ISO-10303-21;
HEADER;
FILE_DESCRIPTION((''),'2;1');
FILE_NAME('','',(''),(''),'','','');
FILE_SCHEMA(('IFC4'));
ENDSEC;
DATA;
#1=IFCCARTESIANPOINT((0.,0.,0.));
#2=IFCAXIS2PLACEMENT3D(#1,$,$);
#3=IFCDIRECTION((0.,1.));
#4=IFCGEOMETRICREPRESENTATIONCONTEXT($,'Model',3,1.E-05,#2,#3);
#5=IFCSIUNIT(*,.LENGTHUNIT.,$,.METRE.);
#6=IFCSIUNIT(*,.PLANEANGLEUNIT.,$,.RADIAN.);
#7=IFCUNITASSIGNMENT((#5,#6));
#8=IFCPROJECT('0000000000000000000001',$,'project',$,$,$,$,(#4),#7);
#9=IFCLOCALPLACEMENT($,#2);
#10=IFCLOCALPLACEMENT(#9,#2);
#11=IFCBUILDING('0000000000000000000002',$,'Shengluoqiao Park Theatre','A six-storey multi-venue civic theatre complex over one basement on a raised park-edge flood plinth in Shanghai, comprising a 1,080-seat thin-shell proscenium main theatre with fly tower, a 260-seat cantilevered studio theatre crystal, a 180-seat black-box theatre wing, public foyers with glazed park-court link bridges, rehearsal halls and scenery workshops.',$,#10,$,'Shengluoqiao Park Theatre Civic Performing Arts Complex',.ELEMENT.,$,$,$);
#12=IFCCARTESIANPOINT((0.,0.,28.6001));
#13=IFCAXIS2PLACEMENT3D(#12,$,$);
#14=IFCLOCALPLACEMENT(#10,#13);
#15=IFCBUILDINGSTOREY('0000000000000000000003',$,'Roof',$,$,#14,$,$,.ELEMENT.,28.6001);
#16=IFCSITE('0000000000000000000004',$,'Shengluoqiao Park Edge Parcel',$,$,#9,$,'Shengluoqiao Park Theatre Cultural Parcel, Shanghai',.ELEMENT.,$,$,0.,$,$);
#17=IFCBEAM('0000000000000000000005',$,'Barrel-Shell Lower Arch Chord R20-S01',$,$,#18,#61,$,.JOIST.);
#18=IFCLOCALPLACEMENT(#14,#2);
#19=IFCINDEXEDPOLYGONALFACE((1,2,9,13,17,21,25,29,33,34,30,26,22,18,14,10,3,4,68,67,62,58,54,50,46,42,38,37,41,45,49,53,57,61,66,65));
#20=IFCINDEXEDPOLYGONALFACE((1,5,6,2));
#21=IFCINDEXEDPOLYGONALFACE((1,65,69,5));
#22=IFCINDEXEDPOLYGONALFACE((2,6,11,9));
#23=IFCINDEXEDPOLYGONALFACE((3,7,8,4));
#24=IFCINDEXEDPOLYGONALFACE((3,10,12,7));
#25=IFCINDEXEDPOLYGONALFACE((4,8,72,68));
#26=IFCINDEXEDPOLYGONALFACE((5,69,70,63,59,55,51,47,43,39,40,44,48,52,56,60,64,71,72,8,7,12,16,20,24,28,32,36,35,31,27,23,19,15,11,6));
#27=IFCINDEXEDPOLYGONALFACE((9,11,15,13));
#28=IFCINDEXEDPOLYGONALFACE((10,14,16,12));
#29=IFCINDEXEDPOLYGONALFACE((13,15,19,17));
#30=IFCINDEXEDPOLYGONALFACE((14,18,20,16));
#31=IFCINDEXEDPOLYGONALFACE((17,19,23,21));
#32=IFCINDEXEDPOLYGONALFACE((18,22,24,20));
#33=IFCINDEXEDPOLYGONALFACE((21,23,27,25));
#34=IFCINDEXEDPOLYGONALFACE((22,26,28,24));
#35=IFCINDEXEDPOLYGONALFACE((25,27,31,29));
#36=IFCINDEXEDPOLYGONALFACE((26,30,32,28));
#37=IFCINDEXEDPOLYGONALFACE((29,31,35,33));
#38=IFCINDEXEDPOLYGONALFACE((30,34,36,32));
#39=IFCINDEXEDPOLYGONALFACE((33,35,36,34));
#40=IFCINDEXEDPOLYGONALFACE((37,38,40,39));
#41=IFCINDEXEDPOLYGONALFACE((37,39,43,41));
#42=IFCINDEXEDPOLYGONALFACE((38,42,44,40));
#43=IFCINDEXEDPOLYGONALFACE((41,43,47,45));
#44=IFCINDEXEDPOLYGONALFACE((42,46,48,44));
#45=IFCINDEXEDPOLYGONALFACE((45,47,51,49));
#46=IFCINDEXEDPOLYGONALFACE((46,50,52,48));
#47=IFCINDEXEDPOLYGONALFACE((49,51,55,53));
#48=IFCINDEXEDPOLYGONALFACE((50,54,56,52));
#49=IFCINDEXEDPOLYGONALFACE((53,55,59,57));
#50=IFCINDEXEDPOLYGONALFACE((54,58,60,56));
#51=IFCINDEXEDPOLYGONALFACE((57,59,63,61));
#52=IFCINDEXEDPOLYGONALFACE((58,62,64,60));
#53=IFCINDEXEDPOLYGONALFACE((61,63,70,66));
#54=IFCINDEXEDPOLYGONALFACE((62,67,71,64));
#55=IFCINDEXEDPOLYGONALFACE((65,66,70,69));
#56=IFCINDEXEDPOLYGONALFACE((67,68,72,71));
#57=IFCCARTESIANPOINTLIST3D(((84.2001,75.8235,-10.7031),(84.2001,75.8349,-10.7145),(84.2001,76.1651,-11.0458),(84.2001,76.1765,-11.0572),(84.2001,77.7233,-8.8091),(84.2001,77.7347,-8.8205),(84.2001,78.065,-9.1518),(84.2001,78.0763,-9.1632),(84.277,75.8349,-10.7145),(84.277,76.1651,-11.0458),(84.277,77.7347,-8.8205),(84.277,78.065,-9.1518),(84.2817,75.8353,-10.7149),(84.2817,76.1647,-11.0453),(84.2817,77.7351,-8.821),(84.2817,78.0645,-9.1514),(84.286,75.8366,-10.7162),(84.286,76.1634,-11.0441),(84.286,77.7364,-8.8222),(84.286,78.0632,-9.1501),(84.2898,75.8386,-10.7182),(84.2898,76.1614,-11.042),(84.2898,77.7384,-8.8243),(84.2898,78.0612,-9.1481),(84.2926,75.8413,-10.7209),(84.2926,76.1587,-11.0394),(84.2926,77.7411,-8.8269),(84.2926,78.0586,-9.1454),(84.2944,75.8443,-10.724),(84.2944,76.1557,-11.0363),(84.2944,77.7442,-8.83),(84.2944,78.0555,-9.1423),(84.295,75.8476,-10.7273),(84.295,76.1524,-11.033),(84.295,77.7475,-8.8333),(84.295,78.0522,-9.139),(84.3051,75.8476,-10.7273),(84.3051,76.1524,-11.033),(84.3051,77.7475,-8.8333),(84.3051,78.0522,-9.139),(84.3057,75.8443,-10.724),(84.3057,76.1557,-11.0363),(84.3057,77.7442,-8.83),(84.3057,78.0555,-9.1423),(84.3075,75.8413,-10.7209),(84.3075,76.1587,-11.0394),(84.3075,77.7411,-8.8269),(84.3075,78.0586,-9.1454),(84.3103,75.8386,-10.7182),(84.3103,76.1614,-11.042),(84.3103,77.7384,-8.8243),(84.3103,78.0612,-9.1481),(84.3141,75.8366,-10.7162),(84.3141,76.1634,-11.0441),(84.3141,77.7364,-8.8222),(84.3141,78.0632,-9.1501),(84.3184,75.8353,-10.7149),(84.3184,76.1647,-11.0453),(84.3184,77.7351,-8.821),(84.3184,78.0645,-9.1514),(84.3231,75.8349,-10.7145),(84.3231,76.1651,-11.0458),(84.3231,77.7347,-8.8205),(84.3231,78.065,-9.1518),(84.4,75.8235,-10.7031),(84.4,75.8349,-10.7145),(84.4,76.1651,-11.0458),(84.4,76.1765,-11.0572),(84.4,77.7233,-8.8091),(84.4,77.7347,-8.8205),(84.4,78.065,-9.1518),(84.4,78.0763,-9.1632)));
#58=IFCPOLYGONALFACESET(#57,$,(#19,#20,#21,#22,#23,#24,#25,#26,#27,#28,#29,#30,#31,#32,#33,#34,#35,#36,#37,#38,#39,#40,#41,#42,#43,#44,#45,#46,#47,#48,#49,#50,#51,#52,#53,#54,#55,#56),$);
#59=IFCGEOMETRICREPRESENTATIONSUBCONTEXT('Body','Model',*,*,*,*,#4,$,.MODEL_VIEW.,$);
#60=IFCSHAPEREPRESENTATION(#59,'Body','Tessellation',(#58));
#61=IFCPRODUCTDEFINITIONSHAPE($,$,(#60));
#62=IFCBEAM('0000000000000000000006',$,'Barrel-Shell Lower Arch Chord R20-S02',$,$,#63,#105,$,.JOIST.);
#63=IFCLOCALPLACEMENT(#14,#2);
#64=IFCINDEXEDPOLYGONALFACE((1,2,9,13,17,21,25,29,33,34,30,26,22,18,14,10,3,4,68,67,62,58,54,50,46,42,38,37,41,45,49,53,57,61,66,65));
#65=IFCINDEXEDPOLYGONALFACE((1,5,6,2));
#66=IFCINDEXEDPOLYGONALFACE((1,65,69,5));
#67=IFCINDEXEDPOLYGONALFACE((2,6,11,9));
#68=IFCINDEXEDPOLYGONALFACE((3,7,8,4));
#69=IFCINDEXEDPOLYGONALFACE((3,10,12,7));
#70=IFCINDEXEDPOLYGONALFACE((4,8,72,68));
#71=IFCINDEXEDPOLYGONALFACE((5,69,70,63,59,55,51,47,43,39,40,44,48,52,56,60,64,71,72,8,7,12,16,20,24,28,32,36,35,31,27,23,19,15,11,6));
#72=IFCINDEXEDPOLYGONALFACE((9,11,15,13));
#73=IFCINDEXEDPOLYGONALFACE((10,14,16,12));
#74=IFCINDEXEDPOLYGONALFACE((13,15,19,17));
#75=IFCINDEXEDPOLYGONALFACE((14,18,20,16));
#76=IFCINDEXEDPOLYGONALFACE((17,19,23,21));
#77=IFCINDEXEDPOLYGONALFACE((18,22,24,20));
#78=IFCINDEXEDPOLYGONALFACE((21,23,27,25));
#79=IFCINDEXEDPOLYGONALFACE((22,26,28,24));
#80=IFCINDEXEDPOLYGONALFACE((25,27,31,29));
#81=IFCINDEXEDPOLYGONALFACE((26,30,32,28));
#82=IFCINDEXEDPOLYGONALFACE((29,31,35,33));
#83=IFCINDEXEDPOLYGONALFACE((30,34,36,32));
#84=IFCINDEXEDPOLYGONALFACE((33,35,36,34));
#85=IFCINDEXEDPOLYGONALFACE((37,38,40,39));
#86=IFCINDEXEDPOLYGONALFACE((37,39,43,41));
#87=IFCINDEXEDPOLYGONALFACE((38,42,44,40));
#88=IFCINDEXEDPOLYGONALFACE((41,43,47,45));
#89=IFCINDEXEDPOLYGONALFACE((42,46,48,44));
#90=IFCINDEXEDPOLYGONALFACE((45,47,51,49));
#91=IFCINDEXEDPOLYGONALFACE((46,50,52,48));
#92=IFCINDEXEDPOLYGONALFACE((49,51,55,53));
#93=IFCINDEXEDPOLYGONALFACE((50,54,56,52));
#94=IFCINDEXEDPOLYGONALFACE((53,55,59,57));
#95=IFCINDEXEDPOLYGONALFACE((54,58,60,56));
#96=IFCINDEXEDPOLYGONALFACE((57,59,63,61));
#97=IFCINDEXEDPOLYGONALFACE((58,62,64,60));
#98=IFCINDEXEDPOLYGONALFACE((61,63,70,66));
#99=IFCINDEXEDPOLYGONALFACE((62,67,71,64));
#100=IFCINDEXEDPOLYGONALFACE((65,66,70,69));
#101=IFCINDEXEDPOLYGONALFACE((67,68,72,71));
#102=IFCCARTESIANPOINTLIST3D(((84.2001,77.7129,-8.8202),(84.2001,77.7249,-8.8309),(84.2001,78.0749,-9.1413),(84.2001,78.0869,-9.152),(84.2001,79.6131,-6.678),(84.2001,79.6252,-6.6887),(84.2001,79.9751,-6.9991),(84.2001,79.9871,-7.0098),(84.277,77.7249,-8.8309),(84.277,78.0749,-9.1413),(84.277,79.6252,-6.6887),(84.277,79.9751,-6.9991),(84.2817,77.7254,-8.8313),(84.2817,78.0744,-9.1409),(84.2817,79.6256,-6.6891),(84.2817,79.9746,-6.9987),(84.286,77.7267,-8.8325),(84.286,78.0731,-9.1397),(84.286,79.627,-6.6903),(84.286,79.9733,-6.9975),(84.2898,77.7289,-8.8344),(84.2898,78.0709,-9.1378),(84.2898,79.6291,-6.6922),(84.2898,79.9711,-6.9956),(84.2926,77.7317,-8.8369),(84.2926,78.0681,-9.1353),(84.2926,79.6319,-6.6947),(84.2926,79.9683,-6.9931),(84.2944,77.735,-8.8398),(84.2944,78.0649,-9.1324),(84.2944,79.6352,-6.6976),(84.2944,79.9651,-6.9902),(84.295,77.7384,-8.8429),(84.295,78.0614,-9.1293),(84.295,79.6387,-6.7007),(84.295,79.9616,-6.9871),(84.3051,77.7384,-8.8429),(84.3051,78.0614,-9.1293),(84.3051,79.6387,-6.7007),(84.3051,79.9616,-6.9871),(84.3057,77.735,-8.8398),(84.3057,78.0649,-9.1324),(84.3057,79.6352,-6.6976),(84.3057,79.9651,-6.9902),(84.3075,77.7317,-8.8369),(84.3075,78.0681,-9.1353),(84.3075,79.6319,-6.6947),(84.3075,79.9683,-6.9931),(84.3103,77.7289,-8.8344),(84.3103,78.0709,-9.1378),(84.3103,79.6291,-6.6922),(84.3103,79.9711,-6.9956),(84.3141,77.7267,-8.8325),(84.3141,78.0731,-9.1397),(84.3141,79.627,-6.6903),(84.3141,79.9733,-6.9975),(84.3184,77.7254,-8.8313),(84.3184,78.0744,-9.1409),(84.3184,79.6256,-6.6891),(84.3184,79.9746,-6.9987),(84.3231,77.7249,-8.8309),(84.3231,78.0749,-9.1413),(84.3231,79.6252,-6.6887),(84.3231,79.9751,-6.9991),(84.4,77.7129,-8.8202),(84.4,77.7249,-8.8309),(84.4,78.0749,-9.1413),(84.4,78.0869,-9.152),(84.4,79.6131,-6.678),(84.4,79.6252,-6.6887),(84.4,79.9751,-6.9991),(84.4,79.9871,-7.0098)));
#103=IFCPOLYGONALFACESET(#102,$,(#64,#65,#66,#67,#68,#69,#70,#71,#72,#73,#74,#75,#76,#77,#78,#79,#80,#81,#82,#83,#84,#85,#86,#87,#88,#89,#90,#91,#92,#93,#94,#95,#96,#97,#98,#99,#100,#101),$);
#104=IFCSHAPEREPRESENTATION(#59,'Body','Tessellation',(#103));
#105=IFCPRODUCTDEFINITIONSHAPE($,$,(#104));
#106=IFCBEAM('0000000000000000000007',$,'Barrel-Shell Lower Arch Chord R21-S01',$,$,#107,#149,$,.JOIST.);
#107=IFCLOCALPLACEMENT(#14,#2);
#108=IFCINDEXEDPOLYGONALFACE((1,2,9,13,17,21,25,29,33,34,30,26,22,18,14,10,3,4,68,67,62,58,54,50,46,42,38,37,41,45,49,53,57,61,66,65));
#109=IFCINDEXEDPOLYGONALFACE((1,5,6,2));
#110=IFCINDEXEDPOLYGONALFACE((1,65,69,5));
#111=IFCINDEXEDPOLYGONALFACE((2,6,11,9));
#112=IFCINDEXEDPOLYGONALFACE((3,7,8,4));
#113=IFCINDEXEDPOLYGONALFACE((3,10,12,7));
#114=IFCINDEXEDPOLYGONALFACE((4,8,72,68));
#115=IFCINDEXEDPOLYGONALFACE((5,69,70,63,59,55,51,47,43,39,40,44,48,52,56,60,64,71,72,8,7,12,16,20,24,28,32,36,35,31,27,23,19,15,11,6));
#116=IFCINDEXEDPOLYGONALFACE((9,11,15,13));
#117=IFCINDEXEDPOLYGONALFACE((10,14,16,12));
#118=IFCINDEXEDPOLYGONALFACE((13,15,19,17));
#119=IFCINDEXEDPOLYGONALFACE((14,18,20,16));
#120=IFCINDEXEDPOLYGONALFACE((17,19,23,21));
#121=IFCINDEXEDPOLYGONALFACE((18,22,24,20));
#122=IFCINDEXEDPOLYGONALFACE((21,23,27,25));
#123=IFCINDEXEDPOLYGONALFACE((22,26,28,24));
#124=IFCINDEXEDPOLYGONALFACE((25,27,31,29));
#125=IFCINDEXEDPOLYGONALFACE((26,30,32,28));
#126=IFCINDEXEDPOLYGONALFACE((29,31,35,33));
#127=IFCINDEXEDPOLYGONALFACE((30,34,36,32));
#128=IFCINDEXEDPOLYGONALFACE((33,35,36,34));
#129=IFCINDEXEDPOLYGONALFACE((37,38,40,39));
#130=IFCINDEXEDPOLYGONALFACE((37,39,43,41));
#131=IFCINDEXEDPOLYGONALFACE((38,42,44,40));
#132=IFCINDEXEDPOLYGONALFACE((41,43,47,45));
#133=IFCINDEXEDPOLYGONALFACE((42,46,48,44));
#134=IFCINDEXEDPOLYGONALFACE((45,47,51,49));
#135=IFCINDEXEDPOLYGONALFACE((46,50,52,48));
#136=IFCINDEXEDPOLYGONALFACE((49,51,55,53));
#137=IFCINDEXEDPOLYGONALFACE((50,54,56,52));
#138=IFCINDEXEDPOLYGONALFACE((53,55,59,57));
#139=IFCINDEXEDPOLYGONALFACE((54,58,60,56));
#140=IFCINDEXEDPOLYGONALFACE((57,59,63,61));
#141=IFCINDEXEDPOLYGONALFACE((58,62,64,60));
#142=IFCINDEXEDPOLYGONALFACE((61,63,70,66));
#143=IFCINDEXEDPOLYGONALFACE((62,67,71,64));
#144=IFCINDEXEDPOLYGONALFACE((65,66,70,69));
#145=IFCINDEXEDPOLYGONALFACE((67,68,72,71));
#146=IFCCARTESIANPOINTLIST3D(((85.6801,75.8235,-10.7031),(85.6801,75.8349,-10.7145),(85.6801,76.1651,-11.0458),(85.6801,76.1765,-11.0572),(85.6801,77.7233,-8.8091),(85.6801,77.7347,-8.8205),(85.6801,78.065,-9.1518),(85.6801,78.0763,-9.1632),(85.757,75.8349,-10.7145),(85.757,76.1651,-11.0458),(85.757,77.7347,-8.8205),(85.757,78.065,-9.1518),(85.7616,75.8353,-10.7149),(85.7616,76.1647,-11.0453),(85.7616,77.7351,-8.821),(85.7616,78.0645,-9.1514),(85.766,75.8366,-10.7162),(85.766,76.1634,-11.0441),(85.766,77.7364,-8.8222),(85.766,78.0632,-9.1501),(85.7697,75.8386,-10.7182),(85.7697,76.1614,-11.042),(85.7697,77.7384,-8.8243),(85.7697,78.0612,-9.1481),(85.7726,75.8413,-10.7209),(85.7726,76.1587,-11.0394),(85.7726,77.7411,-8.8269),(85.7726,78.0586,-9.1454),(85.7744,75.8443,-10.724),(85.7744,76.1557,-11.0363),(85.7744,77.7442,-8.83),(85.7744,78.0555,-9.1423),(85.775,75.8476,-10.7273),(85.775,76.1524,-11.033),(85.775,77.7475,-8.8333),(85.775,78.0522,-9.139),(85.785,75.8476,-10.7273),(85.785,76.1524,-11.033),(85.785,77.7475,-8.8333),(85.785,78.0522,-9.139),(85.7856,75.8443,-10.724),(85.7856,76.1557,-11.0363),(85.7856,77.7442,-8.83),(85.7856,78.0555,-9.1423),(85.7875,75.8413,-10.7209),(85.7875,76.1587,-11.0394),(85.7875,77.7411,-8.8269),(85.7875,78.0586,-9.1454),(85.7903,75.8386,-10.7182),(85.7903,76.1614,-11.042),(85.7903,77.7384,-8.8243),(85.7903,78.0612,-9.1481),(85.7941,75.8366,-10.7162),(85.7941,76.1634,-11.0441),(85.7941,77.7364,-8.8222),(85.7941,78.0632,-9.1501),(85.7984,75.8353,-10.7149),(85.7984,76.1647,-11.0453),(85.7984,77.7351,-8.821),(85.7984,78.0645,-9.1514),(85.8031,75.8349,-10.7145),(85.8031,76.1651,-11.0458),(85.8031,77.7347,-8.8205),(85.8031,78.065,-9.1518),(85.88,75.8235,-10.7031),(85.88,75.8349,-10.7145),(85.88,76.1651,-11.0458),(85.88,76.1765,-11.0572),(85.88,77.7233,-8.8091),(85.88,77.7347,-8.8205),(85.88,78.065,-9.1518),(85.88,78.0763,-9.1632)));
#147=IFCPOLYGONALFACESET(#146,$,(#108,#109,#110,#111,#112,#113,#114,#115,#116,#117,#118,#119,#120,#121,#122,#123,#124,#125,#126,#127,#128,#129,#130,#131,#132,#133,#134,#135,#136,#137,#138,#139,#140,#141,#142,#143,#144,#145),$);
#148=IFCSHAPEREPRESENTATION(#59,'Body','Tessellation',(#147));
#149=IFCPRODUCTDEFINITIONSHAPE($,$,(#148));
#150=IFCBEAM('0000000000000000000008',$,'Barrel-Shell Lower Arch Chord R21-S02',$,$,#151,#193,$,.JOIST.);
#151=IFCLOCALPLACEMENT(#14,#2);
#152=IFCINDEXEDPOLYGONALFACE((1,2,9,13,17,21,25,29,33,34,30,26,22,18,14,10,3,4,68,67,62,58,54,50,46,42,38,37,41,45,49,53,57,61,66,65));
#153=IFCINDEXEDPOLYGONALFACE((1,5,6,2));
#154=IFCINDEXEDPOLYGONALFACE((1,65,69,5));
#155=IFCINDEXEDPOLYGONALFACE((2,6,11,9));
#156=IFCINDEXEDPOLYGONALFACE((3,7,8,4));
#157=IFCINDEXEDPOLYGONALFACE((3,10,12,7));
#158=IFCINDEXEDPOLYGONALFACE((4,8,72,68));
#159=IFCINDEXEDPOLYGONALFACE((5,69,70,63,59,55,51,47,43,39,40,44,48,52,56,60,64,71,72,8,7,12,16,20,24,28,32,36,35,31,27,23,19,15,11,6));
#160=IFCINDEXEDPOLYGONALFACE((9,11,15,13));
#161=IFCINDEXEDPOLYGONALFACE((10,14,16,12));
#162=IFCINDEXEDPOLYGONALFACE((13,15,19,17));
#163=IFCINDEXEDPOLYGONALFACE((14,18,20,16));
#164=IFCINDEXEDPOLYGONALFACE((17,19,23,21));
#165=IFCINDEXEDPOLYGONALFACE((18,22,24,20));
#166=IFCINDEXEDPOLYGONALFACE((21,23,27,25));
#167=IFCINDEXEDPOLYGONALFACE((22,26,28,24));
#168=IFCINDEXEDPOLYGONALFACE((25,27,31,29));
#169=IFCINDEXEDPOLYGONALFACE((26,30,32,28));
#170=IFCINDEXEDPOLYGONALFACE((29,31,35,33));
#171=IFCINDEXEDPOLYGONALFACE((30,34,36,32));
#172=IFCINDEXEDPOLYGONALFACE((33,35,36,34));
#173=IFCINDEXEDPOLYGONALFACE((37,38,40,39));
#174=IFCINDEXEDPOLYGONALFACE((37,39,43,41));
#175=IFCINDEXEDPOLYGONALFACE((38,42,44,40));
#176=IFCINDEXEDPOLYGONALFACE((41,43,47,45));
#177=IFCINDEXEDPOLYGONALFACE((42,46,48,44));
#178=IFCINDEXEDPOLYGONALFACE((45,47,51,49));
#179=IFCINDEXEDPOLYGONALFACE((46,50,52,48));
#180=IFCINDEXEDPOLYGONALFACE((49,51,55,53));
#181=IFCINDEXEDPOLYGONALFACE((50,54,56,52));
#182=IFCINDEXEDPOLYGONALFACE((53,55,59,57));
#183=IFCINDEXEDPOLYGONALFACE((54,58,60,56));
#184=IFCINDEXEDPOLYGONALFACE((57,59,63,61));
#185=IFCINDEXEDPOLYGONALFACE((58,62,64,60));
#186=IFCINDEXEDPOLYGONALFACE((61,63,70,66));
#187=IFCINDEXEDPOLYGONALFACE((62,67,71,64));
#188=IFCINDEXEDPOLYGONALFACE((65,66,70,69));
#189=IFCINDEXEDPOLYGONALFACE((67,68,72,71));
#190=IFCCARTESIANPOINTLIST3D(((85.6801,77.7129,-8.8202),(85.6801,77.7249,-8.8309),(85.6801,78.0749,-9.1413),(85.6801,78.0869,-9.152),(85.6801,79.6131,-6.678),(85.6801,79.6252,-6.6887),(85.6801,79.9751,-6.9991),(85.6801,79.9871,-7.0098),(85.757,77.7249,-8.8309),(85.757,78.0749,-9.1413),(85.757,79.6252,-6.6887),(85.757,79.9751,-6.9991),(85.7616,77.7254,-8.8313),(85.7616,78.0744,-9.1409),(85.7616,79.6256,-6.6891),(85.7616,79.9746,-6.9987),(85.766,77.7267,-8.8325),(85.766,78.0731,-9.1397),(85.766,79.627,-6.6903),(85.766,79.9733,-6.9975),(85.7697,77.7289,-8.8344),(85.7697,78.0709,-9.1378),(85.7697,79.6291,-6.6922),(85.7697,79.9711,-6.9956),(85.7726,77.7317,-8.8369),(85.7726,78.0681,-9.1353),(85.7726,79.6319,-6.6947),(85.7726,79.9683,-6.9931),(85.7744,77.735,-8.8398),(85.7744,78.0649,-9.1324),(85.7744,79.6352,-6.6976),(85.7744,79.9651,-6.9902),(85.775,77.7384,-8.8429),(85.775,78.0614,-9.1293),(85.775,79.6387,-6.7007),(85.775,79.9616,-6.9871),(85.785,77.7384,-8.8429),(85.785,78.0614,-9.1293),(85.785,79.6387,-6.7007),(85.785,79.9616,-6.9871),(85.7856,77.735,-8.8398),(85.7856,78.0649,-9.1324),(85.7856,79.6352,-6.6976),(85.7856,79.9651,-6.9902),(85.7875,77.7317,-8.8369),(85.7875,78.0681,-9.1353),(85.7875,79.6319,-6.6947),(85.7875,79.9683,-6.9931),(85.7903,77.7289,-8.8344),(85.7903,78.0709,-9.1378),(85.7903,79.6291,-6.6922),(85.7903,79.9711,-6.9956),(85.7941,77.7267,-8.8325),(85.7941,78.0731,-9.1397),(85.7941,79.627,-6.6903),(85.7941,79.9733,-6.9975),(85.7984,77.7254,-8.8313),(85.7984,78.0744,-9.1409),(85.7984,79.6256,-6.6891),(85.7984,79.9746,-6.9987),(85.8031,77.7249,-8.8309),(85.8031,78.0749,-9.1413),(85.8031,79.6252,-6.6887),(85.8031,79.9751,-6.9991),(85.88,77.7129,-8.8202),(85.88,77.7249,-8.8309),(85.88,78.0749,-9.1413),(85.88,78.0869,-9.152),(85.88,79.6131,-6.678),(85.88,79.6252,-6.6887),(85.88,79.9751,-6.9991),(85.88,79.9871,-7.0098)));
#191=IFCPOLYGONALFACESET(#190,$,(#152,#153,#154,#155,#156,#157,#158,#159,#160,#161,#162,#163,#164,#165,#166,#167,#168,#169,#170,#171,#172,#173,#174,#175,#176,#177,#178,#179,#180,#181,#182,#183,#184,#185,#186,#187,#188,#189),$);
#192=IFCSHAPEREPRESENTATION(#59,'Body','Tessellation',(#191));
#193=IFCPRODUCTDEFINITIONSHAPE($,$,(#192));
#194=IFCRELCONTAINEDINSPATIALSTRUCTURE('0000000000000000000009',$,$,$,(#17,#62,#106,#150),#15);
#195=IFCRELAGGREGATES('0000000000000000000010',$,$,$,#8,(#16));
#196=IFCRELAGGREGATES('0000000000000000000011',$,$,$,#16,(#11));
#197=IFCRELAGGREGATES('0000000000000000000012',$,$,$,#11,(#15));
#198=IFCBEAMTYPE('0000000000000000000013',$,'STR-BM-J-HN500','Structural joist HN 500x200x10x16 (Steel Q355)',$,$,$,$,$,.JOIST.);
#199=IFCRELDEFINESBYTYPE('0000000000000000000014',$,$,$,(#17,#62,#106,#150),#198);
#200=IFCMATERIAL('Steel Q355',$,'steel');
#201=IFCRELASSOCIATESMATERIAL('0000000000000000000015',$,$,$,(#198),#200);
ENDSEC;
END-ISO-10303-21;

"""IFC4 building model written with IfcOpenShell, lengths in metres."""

from ifc_helpers import new_model, si_unit, direction, frame, origin, origin_2d, place, context, subcontext, project, spatial, i_section, extrude, material, material_profile, profile_set, type_object, element, save


model = new_model("IFC4")

# Units and contexts
model_context = context("Model", 3, precision=1e-05, world=origin(), true_north=direction((0.0, 1.0)))
body_context = subcontext(model_context, "Body", "Model", "MODEL_VIEW")
ifc_project = project(units=[si_unit("LENGTHUNIT", "METRE"), si_unit("PLANEANGLEUNIT", "RADIAN")], contexts=[model_context])

# Site, building, storey
site_placement = place(None, origin())
site = spatial("IfcSite", under=ifc_project, at=site_placement, Name="Shengluoqiao Park Edge Parcel", LongName="Shengluoqiao Park Theatre Cultural Parcel, Shanghai", CompositionType="ELEMENT", RefElevation=0.0)
building_placement = place(site_placement, origin())
building = spatial("IfcBuilding", under=site, at=building_placement, Name="Shengluoqiao Park Theatre", Description="A six-storey multi-venue civic theatre complex over one basement on a raised park-edge flood plinth in Shanghai, comprising a 1,080-seat thin-shell proscenium main theatre with fly tower, a 260-seat cantilevered studio theatre crystal, a 180-seat black-box theatre wing, public foyers with glazed park-court link bridges, rehearsal halls and scenery workshops.", LongName="Shengluoqiao Park Theatre Civic Performing Arts Complex", CompositionType="ELEMENT")
storey_placement = place(building_placement, frame((0.0, 0.0, 28.6001)))
storey = spatial("IfcBuildingStorey", under=building, at=storey_placement, Name="Roof", CompositionType="ELEMENT", Elevation=28.6001)

# Beams
ifc_material_1 = material(Name="Steel Q355", Category="steel")
ifc_material_profile_1 = material_profile(ifc_material_1, i_section(OverallWidth=0.2, OverallDepth=0.5, WebThickness=0.01, FlangeThickness=0.0161, FilletRadius=0.0181, at=origin_2d()), Name="HN 500x200x10x16")
ifc_profile_set_1 = profile_set([ifc_material_profile_1], Name="Steel Q355")
beam_type_1 = type_object("IfcBeamType", Name="STR-BM-J-HN500", Description="Structural joist HN 500x200x10x16 (Steel Q355)", PredefinedType="JOIST", material=ifc_profile_set_1)
beam_1_placement = place(storey_placement, frame((84.3, 76.0, -10.8801), z_axis=(0.0, 0.708198, 0.706014), x_axis=(-1.0, 0.0, 0.0)))
element("IfcBeam", 1, at=beam_1_placement, inside=storey, type_object=beam_type_1, Name="Barrel-Shell Lower Arch Chord R20-S01", PredefinedType="JOIST", context=body_context, shape_type="SweptSolid", body=[
    extrude(i_section(OverallWidth=0.2, OverallDepth=0.5, WebThickness=0.01, FlangeThickness=0.0161, FilletRadius=0.0181, at=origin_2d()), origin(), (0.0, 0.0, 1.0), 2.6826),
])
beam_2_placement = place(storey_placement, frame((84.3, 77.8999, -8.9861), z_axis=(0.0, 0.663596, 0.748091), x_axis=(-1.0, 0.0, 0.0)))
element("IfcBeam", 2, at=beam_2_placement, inside=storey, type_object=beam_type_1, Name="Barrel-Shell Lower Arch Chord R20-S02", PredefinedType="JOIST", context=body_context, shape_type="SweptSolid", body=[
    extrude(i_section(OverallWidth=0.2, OverallDepth=0.5, WebThickness=0.01, FlangeThickness=0.0161, FilletRadius=0.0181, at=origin_2d()), origin(), (0.0, 0.0, 1.0), 2.8635),
])
beam_3_placement = place(storey_placement, frame((85.78, 76.0, -10.8801), z_axis=(0.0, 0.708198, 0.706014), x_axis=(-1.0, 0.0, 0.0)))
element("IfcBeam", 3, at=beam_3_placement, inside=storey, type_object=beam_type_1, Name="Barrel-Shell Lower Arch Chord R21-S01", PredefinedType="JOIST", context=body_context, shape_type="SweptSolid", body=[
    extrude(i_section(OverallWidth=0.2, OverallDepth=0.5, WebThickness=0.01, FlangeThickness=0.0161, FilletRadius=0.0181, at=origin_2d()), origin(), (0.0, 0.0, 1.0), 2.6826),
])
beam_4_placement = place(storey_placement, frame((85.78, 77.8999, -8.9861), z_axis=(0.0, 0.663596, 0.748091), x_axis=(-1.0, 0.0, 0.0)))
element("IfcBeam", 4, at=beam_4_placement, inside=storey, type_object=beam_type_1, Name="Barrel-Shell Lower Arch Chord R21-S02", PredefinedType="JOIST", context=body_context, shape_type="SweptSolid", body=[
    extrude(i_section(OverallWidth=0.2, OverallDepth=0.5, WebThickness=0.01, FlangeThickness=0.0161, FilletRadius=0.0181, at=origin_2d()), origin(), (0.0, 0.0, 1.0), 2.8635),
])

save(model, "model.ifc")
